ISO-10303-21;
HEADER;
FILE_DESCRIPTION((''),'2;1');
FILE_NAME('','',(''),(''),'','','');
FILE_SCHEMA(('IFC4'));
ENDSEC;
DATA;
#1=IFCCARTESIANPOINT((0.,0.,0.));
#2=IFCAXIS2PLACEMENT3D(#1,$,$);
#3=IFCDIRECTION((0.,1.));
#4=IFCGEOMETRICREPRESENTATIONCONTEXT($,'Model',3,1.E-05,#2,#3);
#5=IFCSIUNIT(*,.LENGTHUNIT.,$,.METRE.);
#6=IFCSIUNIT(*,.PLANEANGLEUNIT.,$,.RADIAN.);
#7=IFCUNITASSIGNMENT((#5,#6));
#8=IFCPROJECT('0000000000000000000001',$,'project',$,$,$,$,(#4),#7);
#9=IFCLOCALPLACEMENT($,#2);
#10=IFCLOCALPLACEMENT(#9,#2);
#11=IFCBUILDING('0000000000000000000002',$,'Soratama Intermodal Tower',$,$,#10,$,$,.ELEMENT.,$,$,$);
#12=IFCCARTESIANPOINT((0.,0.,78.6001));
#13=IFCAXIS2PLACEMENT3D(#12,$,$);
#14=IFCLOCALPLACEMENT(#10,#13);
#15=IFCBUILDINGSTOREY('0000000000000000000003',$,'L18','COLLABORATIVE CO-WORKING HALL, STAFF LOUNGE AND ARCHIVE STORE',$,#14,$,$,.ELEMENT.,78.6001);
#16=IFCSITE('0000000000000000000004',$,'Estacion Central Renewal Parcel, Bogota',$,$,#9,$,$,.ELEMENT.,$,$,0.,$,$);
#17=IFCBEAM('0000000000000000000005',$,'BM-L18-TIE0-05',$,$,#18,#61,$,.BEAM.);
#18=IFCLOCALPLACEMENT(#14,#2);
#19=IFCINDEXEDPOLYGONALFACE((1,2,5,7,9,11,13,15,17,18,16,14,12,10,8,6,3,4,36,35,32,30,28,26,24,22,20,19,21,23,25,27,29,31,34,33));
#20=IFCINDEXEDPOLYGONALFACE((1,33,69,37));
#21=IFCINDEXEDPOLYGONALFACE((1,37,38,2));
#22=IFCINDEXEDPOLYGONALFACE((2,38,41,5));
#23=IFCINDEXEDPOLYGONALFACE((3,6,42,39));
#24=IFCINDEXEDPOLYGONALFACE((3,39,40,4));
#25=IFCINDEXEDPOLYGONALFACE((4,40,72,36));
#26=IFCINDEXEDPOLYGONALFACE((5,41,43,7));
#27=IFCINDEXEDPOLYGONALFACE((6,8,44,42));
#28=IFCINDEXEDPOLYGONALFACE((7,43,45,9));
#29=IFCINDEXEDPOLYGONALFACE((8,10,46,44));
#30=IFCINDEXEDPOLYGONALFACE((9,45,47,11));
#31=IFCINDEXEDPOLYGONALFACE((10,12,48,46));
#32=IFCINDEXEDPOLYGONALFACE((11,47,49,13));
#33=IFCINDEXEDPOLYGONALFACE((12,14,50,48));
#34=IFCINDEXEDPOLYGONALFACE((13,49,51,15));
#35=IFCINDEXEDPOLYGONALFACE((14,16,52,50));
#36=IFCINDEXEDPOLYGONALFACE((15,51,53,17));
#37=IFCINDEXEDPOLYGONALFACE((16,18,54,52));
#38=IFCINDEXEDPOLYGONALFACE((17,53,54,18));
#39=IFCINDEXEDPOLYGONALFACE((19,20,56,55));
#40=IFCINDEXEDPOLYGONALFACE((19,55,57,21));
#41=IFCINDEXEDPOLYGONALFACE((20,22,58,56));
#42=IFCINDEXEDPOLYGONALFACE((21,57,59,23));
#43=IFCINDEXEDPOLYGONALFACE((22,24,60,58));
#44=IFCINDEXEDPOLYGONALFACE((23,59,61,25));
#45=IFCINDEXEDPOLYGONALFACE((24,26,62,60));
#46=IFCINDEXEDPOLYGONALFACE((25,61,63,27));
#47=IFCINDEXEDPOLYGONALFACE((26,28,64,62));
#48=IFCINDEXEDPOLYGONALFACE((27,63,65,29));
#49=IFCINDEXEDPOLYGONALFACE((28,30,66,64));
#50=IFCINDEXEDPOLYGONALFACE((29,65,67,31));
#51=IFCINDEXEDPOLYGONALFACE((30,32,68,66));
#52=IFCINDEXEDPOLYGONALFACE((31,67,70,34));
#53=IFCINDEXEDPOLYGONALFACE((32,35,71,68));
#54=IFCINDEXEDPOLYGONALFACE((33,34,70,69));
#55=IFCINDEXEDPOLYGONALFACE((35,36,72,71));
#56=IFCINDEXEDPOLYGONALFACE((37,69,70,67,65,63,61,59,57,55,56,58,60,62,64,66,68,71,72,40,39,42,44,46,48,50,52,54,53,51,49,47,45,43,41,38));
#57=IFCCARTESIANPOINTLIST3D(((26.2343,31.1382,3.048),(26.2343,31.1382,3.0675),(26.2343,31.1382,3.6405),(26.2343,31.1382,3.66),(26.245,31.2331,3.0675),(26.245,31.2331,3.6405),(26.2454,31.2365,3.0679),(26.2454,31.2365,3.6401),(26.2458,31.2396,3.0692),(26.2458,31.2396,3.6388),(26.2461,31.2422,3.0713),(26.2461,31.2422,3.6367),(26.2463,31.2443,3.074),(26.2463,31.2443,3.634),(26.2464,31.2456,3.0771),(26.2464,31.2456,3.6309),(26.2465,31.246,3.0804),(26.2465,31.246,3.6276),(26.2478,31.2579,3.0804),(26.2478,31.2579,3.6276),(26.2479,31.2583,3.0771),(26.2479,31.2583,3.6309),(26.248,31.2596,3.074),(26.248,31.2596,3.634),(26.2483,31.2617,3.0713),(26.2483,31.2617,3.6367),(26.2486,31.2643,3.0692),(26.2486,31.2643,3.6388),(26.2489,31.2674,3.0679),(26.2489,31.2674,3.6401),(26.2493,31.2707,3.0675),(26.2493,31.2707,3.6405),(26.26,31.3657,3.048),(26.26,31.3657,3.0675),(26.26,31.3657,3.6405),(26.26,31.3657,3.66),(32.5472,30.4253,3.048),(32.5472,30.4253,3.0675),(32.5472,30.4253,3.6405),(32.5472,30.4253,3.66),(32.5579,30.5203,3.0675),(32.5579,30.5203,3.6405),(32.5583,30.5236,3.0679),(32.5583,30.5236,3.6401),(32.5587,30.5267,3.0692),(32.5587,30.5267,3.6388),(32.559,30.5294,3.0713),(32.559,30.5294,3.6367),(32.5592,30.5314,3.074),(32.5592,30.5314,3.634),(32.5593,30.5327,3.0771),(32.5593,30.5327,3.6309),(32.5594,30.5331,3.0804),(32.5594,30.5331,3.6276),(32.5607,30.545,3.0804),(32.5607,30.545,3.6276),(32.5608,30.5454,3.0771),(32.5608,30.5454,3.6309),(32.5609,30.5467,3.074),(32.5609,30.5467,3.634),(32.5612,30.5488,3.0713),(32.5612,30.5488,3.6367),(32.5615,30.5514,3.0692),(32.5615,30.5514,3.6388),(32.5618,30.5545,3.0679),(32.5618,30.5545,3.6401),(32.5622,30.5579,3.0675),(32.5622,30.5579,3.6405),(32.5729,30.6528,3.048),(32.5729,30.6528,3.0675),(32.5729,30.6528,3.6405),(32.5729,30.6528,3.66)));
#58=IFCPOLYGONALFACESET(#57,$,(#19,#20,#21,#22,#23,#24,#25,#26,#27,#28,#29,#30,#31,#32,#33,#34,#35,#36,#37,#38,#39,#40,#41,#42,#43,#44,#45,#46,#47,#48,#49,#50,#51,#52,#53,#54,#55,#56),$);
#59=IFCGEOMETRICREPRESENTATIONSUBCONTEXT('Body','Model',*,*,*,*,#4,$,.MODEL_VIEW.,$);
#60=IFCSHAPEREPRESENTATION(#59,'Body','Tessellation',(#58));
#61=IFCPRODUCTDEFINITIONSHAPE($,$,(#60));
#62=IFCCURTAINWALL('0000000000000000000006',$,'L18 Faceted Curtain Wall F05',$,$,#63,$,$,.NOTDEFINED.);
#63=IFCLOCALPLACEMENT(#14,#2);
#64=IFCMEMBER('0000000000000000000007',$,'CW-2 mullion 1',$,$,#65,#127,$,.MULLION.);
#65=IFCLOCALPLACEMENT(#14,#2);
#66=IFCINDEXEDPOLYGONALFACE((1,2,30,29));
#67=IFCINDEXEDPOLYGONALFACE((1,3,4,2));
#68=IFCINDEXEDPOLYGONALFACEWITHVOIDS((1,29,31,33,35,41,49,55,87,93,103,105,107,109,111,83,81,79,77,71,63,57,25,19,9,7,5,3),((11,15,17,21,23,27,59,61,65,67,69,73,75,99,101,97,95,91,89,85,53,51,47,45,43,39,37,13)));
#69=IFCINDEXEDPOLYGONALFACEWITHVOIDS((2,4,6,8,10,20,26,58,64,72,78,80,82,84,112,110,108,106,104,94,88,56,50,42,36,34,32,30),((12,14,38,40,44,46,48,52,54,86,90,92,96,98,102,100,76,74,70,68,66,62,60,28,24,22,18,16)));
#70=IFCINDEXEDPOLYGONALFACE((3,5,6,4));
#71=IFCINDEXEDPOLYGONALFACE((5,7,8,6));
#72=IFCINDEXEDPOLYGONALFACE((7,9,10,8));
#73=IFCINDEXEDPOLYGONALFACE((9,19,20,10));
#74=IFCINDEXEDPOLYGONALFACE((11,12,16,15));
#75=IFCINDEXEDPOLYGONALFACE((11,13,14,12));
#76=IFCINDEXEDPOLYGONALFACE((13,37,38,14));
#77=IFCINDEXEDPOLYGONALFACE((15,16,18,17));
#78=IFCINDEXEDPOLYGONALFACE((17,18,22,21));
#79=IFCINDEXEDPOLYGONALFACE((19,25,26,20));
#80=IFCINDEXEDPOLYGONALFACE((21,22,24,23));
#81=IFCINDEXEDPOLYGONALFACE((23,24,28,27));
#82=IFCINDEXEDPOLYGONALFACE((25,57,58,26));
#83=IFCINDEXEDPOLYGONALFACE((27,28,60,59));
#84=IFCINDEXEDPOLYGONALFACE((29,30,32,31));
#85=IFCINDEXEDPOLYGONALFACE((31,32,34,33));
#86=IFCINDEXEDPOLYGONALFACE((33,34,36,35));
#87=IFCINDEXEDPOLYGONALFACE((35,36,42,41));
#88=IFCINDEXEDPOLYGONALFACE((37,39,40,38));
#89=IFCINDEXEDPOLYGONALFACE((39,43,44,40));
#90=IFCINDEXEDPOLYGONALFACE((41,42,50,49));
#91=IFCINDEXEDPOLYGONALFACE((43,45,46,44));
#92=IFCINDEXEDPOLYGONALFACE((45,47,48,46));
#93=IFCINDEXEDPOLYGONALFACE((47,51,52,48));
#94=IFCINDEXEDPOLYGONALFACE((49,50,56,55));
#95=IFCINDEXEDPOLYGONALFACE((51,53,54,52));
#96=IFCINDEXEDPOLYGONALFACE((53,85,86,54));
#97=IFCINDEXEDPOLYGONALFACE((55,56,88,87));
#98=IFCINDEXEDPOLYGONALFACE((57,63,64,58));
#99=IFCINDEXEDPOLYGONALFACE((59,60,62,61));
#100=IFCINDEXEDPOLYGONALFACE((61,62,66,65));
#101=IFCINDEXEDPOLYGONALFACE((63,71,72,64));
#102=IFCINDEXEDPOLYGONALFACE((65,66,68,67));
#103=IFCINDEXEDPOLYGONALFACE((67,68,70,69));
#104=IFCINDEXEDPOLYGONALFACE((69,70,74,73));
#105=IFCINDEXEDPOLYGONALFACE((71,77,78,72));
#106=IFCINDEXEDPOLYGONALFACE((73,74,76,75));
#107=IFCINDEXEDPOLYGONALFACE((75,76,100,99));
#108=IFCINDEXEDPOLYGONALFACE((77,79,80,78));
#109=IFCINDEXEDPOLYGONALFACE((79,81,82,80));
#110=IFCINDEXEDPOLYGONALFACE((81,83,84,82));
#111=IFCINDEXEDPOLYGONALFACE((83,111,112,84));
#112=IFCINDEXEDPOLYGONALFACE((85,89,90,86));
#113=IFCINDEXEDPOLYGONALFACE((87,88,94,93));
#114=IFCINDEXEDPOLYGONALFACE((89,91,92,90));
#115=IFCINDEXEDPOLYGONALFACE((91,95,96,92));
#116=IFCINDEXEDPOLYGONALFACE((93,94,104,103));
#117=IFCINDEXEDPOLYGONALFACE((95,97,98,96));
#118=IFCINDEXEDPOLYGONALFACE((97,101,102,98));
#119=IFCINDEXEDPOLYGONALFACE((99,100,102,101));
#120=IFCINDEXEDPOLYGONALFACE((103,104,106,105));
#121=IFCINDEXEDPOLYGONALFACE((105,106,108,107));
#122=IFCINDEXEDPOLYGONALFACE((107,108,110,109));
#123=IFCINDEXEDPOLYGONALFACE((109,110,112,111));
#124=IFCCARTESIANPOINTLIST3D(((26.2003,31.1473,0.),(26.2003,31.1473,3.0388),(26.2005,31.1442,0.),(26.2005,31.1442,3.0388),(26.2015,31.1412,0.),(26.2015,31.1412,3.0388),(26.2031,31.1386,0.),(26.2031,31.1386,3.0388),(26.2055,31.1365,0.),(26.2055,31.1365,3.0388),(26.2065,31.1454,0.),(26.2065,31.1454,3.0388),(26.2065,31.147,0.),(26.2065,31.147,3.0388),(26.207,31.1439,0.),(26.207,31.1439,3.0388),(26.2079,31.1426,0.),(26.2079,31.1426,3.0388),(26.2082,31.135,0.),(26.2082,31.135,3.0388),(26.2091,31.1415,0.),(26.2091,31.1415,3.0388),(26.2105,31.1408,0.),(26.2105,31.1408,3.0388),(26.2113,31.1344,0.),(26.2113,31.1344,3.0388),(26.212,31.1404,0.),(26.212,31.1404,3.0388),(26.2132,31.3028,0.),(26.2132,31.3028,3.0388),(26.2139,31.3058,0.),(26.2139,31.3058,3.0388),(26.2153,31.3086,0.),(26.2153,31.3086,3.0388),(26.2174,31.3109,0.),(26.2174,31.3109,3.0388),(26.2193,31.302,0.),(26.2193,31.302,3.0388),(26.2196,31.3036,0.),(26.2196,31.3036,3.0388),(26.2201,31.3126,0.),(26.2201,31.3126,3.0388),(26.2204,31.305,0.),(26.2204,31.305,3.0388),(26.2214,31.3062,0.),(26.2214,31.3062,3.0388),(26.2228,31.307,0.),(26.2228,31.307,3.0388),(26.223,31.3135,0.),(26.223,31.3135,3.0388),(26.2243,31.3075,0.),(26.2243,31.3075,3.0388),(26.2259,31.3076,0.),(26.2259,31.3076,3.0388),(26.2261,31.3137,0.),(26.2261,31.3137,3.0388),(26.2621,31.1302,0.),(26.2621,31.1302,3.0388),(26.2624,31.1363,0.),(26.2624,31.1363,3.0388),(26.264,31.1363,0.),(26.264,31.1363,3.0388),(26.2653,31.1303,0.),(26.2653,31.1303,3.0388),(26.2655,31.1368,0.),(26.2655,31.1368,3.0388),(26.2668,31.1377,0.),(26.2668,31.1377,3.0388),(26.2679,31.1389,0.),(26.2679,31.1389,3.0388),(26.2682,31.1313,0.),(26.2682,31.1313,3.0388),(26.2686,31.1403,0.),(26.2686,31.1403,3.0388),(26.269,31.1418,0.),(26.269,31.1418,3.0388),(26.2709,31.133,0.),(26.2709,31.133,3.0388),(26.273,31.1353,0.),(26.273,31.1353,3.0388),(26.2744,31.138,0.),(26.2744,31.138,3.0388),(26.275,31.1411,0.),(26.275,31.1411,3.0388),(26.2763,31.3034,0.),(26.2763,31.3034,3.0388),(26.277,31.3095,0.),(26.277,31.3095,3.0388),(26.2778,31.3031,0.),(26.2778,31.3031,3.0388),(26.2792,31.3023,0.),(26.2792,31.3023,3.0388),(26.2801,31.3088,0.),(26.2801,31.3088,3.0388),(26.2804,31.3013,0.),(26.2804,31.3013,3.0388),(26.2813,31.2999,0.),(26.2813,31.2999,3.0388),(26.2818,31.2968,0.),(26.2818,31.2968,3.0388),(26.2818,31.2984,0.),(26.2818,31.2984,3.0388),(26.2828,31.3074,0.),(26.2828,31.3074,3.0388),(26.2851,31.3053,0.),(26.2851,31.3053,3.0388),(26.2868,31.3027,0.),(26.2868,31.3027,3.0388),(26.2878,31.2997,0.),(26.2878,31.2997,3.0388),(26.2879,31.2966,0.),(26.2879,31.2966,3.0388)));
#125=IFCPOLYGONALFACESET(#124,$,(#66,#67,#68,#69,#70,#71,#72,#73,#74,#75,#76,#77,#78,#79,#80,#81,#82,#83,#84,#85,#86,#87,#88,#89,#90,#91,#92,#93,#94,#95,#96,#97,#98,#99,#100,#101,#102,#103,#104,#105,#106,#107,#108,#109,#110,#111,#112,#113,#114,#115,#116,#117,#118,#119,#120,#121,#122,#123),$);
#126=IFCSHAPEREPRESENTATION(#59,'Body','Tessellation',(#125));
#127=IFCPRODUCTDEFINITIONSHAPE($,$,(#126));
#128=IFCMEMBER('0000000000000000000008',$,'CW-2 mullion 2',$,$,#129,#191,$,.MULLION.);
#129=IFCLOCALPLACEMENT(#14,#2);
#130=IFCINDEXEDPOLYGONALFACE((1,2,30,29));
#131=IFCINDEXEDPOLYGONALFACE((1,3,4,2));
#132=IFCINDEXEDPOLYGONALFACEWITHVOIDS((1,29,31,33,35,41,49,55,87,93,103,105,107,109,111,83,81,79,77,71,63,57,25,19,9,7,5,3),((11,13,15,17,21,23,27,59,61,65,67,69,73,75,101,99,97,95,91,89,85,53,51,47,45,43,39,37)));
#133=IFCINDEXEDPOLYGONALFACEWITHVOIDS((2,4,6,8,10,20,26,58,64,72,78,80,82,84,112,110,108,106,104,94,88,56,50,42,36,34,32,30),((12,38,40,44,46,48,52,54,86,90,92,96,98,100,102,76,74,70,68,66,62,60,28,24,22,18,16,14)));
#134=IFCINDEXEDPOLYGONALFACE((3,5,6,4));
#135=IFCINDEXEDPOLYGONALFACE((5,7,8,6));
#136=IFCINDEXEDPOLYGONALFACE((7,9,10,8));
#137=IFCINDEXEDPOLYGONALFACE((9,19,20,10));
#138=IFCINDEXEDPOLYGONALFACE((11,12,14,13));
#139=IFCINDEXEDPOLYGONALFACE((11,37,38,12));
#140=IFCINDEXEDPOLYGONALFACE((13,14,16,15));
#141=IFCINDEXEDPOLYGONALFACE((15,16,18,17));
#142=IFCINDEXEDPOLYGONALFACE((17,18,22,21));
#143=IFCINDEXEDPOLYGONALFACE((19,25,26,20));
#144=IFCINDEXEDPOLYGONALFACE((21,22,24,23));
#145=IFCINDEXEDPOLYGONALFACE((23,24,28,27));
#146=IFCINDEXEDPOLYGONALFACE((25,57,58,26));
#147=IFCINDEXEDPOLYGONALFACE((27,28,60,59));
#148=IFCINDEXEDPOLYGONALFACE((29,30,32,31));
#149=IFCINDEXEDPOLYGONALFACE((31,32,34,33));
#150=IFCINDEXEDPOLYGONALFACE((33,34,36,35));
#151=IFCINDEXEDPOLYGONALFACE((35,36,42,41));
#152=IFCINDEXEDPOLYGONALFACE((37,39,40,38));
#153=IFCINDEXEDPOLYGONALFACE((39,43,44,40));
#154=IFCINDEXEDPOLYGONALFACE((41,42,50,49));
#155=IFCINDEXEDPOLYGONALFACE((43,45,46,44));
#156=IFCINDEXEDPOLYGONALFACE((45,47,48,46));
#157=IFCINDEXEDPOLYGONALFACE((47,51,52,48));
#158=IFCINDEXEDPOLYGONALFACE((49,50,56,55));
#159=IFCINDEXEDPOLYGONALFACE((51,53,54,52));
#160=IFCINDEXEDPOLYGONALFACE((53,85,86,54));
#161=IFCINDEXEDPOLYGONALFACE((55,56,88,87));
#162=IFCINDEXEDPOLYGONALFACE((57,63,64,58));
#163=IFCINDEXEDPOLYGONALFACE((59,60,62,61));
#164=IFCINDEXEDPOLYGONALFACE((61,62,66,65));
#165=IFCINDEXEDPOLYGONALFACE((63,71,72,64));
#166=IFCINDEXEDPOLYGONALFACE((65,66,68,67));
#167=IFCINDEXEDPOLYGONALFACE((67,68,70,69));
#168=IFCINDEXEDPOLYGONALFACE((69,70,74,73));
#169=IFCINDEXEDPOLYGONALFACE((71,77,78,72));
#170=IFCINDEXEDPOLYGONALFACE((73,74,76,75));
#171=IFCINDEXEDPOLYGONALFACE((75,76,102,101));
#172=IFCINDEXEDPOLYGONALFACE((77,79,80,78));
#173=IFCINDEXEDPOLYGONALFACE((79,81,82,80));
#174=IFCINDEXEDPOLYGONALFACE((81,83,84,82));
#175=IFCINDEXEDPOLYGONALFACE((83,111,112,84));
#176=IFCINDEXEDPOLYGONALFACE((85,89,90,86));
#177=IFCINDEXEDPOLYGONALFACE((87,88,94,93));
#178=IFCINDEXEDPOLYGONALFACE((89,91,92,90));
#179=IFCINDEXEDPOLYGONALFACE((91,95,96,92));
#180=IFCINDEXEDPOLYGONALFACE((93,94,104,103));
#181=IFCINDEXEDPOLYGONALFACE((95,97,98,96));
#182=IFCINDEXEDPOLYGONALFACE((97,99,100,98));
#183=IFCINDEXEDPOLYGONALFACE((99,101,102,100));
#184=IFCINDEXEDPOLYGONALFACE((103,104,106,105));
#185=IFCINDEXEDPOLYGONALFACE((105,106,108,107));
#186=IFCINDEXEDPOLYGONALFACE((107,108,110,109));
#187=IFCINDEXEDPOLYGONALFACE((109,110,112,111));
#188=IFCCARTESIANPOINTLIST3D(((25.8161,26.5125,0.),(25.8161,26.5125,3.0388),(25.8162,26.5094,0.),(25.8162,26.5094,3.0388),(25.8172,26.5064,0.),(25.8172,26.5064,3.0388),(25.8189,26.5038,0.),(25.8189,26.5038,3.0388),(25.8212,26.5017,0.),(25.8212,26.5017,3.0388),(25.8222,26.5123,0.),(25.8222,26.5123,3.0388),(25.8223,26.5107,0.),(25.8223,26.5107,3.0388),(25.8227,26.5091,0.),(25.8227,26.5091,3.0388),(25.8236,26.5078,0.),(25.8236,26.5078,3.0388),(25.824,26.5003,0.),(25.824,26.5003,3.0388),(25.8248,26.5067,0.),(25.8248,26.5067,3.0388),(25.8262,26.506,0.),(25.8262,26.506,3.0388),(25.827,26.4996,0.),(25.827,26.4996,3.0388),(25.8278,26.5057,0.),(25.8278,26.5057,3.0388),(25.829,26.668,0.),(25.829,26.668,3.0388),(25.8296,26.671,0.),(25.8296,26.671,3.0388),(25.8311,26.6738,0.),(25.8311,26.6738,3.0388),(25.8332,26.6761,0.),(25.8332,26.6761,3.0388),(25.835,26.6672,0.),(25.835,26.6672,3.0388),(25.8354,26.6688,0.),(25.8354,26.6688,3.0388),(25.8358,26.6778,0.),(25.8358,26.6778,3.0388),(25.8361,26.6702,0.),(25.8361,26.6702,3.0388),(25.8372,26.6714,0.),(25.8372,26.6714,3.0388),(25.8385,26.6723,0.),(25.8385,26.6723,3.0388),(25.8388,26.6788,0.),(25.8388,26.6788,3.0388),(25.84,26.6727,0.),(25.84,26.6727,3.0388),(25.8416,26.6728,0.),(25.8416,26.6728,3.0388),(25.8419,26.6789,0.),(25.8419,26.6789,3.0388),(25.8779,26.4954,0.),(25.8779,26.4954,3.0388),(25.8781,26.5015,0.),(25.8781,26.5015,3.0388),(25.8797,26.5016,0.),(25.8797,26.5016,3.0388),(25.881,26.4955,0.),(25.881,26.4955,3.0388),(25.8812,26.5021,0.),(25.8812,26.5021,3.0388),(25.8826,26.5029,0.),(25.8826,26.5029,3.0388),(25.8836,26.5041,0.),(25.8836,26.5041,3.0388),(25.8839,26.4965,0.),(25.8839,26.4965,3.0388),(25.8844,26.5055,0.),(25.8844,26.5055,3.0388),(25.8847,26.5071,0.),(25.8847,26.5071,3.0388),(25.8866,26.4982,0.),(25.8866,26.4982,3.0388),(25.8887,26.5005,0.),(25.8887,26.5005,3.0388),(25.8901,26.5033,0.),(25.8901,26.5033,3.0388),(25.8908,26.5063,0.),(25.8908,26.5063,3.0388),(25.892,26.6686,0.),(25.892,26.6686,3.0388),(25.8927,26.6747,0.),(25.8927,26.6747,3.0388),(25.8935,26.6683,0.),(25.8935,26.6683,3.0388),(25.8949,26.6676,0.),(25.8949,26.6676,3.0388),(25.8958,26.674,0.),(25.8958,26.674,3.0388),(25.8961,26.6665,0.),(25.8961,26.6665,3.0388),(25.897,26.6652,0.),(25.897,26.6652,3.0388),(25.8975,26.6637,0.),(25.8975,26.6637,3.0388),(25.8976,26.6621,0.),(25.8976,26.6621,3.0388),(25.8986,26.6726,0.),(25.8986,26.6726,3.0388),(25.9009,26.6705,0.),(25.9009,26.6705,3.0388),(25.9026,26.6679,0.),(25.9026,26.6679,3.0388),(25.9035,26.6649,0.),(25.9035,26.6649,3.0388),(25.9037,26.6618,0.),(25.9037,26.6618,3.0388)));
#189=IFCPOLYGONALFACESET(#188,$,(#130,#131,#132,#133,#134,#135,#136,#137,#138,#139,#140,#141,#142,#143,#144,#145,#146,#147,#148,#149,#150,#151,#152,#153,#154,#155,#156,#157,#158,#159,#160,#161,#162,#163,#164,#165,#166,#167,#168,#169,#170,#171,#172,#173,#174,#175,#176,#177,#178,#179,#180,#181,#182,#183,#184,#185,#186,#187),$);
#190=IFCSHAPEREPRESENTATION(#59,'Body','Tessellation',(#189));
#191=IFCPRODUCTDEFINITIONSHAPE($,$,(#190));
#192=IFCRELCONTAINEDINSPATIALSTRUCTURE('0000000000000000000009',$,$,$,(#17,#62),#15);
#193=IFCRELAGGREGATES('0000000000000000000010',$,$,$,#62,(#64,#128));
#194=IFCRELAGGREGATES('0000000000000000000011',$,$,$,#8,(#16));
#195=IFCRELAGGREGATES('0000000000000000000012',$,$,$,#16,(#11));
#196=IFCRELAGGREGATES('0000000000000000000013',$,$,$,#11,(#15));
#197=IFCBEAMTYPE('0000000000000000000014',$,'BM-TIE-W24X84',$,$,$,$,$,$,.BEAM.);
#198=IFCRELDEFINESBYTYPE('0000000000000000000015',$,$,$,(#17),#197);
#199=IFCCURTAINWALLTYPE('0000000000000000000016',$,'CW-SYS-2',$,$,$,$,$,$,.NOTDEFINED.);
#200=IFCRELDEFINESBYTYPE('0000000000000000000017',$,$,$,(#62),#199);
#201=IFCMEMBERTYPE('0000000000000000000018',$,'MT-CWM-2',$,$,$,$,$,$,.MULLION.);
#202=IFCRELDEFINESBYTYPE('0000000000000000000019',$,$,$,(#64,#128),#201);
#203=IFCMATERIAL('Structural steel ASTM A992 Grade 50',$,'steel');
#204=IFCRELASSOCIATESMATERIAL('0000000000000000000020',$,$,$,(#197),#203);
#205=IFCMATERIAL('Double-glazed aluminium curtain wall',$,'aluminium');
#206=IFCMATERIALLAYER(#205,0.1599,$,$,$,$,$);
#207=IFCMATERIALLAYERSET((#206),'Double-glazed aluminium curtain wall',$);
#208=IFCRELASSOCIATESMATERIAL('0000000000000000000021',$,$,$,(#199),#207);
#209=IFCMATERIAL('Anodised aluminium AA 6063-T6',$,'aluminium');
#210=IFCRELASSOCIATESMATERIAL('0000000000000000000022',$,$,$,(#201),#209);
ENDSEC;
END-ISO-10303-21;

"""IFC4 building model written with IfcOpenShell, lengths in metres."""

from ifc_helpers import new_model, si_unit, direction, frame, origin, origin_2d, place, context, subcontext, project, spatial, hollow_rectangle, i_section, extrude, material, layer, layer_set, material_profile, profile_set, type_object, element, aggregate, save


model = new_model("IFC4")

# Units and contexts
model_context = context("Model", 3, precision=1e-05, world=origin(), true_north=direction((0.0, 1.0)))
body_context = subcontext(model_context, "Body", "Model", "MODEL_VIEW")
ifc_project = project(units=[si_unit("LENGTHUNIT", "METRE"), si_unit("PLANEANGLEUNIT", "RADIAN")], contexts=[model_context])

# Site, building, storey
site_placement = place(None, origin())
site = spatial("IfcSite", under=ifc_project, at=site_placement, Name="Estacion Central Renewal Parcel, Bogota", CompositionType="ELEMENT", RefElevation=0.0)
building_placement = place(site_placement, origin())
building = spatial("IfcBuilding", under=site, at=building_placement, Name="Soratama Intermodal Tower", CompositionType="ELEMENT")
storey_placement = place(building_placement, frame((0.0, 0.0, 78.6001)))
storey = spatial("IfcBuildingStorey", under=building, at=storey_placement, Name="L18", Description="COLLABORATIVE CO-WORKING HALL, STAFF LOUNGE AND ARCHIVE STORE", CompositionType="ELEMENT", Elevation=78.6001)

# Beam
ifc_material_1 = material(Name="Structural steel ASTM A992 Grade 50", Category="steel")
ifc_material_profile_1 = material_profile(ifc_material_1, i_section(OverallWidth=0.229, OverallDepth=0.6121, WebThickness=0.012, FlangeThickness=0.0195, FilletRadius=0.0129, at=origin_2d()), Name="W24X84")
ifc_profile_set_1 = profile_set([ifc_material_profile_1], Name="Structural steel ASTM A992 Grade 50")
beam_type_1 = type_object("IfcBeamType", Name="BM-TIE-W24X84", PredefinedType="BEAM", material=ifc_profile_set_1)
beam_1_placement = place(storey_placement, frame((32.5601, 30.5391, 3.354), z_axis=(-0.993684, 0.112211, 0.0), x_axis=(-0.112211, -0.993684, 0.0)))
element("IfcBeam", 1, at=beam_1_placement, inside=storey, type_object=beam_type_1, Name="BM-L18-TIE0-05", PredefinedType="BEAM", context=body_context, shape_type="SweptSolid", body=[
    extrude(i_section(OverallWidth=0.229, OverallDepth=0.6121, WebThickness=0.012, FlangeThickness=0.0195, FilletRadius=0.0129, at=origin_2d()), origin(), (0.0, 0.0, 1.0), 6.353),
])

# Curtain wall, members
ifc_material_2 = material(Name="Double-glazed aluminium curtain wall", Category="aluminium")
ifc_layer_1 = layer(ifc_material_2, 0.1599)
ifc_layer_set_1 = layer_set([ifc_layer_1], Name="Double-glazed aluminium curtain wall")
curtain_wall_type = type_object("IfcCurtainWallType", Name="CW-SYS-2", PredefinedType="NOTDEFINED", material=ifc_layer_set_1)
curtain_wall_placement = place(storey_placement, origin())
curtain_wall = element("IfcCurtainWall", 2, at=curtain_wall_placement, inside=storey, type_object=curtain_wall_type, Name="L18 Faceted Curtain Wall F05", PredefinedType="NOTDEFINED")
ifc_material_3 = material(Name="Anodised aluminium AA 6063-T6", Category="aluminium")
ifc_material_profile_2 = material_profile(ifc_material_3, hollow_rectangle(XDim=0.075, YDim=0.1799, WallThickness=0.0061, InnerFilletRadius=0.0061, OuterFilletRadius=0.012, at=origin_2d()), Name="CWM180X75X6")
ifc_profile_set_2 = profile_set([ifc_material_profile_2], Name="Anodised aluminium AA 6063-T6")
member_type_1 = type_object("IfcMemberType", Name="MT-CWM-2", PredefinedType="MULLION", material=ifc_profile_set_2)
member_1_placement = place(storey_placement, frame((26.2441, 31.2219, 0.0), z_axis=(0.0, 0.0, 1.0), x_axis=(0.996581, -0.082626, 0.0)))
member_1 = element("IfcMember", 3, at=member_1_placement, type_object=member_type_1, Name="CW-2 mullion 1", PredefinedType="MULLION", context=body_context, shape_type="SweptSolid", body=[
    extrude(hollow_rectangle(XDim=0.075, YDim=0.1799, WallThickness=0.0061, InnerFilletRadius=0.0061, OuterFilletRadius=0.012, at=origin_2d()), origin(), (0.0, 0.0, 1.0), 3.0388),
])
member_2_placement = place(storey_placement, frame((25.8599, 26.5872, 0.0), z_axis=(0.0, 0.0, 1.0), x_axis=(0.996581, -0.082626, 0.0)))
member_2 = element("IfcMember", 4, at=member_2_placement, type_object=member_type_1, Name="CW-2 mullion 2", PredefinedType="MULLION", context=body_context, shape_type="SweptSolid", body=[
    extrude(hollow_rectangle(XDim=0.075, YDim=0.1799, WallThickness=0.0061, InnerFilletRadius=0.0061, OuterFilletRadius=0.012, at=origin_2d()), origin(), (0.0, 0.0, 1.0), 3.0388),
])
aggregate(curtain_wall, [member_1, member_2])

save(model, "model.ifc")
